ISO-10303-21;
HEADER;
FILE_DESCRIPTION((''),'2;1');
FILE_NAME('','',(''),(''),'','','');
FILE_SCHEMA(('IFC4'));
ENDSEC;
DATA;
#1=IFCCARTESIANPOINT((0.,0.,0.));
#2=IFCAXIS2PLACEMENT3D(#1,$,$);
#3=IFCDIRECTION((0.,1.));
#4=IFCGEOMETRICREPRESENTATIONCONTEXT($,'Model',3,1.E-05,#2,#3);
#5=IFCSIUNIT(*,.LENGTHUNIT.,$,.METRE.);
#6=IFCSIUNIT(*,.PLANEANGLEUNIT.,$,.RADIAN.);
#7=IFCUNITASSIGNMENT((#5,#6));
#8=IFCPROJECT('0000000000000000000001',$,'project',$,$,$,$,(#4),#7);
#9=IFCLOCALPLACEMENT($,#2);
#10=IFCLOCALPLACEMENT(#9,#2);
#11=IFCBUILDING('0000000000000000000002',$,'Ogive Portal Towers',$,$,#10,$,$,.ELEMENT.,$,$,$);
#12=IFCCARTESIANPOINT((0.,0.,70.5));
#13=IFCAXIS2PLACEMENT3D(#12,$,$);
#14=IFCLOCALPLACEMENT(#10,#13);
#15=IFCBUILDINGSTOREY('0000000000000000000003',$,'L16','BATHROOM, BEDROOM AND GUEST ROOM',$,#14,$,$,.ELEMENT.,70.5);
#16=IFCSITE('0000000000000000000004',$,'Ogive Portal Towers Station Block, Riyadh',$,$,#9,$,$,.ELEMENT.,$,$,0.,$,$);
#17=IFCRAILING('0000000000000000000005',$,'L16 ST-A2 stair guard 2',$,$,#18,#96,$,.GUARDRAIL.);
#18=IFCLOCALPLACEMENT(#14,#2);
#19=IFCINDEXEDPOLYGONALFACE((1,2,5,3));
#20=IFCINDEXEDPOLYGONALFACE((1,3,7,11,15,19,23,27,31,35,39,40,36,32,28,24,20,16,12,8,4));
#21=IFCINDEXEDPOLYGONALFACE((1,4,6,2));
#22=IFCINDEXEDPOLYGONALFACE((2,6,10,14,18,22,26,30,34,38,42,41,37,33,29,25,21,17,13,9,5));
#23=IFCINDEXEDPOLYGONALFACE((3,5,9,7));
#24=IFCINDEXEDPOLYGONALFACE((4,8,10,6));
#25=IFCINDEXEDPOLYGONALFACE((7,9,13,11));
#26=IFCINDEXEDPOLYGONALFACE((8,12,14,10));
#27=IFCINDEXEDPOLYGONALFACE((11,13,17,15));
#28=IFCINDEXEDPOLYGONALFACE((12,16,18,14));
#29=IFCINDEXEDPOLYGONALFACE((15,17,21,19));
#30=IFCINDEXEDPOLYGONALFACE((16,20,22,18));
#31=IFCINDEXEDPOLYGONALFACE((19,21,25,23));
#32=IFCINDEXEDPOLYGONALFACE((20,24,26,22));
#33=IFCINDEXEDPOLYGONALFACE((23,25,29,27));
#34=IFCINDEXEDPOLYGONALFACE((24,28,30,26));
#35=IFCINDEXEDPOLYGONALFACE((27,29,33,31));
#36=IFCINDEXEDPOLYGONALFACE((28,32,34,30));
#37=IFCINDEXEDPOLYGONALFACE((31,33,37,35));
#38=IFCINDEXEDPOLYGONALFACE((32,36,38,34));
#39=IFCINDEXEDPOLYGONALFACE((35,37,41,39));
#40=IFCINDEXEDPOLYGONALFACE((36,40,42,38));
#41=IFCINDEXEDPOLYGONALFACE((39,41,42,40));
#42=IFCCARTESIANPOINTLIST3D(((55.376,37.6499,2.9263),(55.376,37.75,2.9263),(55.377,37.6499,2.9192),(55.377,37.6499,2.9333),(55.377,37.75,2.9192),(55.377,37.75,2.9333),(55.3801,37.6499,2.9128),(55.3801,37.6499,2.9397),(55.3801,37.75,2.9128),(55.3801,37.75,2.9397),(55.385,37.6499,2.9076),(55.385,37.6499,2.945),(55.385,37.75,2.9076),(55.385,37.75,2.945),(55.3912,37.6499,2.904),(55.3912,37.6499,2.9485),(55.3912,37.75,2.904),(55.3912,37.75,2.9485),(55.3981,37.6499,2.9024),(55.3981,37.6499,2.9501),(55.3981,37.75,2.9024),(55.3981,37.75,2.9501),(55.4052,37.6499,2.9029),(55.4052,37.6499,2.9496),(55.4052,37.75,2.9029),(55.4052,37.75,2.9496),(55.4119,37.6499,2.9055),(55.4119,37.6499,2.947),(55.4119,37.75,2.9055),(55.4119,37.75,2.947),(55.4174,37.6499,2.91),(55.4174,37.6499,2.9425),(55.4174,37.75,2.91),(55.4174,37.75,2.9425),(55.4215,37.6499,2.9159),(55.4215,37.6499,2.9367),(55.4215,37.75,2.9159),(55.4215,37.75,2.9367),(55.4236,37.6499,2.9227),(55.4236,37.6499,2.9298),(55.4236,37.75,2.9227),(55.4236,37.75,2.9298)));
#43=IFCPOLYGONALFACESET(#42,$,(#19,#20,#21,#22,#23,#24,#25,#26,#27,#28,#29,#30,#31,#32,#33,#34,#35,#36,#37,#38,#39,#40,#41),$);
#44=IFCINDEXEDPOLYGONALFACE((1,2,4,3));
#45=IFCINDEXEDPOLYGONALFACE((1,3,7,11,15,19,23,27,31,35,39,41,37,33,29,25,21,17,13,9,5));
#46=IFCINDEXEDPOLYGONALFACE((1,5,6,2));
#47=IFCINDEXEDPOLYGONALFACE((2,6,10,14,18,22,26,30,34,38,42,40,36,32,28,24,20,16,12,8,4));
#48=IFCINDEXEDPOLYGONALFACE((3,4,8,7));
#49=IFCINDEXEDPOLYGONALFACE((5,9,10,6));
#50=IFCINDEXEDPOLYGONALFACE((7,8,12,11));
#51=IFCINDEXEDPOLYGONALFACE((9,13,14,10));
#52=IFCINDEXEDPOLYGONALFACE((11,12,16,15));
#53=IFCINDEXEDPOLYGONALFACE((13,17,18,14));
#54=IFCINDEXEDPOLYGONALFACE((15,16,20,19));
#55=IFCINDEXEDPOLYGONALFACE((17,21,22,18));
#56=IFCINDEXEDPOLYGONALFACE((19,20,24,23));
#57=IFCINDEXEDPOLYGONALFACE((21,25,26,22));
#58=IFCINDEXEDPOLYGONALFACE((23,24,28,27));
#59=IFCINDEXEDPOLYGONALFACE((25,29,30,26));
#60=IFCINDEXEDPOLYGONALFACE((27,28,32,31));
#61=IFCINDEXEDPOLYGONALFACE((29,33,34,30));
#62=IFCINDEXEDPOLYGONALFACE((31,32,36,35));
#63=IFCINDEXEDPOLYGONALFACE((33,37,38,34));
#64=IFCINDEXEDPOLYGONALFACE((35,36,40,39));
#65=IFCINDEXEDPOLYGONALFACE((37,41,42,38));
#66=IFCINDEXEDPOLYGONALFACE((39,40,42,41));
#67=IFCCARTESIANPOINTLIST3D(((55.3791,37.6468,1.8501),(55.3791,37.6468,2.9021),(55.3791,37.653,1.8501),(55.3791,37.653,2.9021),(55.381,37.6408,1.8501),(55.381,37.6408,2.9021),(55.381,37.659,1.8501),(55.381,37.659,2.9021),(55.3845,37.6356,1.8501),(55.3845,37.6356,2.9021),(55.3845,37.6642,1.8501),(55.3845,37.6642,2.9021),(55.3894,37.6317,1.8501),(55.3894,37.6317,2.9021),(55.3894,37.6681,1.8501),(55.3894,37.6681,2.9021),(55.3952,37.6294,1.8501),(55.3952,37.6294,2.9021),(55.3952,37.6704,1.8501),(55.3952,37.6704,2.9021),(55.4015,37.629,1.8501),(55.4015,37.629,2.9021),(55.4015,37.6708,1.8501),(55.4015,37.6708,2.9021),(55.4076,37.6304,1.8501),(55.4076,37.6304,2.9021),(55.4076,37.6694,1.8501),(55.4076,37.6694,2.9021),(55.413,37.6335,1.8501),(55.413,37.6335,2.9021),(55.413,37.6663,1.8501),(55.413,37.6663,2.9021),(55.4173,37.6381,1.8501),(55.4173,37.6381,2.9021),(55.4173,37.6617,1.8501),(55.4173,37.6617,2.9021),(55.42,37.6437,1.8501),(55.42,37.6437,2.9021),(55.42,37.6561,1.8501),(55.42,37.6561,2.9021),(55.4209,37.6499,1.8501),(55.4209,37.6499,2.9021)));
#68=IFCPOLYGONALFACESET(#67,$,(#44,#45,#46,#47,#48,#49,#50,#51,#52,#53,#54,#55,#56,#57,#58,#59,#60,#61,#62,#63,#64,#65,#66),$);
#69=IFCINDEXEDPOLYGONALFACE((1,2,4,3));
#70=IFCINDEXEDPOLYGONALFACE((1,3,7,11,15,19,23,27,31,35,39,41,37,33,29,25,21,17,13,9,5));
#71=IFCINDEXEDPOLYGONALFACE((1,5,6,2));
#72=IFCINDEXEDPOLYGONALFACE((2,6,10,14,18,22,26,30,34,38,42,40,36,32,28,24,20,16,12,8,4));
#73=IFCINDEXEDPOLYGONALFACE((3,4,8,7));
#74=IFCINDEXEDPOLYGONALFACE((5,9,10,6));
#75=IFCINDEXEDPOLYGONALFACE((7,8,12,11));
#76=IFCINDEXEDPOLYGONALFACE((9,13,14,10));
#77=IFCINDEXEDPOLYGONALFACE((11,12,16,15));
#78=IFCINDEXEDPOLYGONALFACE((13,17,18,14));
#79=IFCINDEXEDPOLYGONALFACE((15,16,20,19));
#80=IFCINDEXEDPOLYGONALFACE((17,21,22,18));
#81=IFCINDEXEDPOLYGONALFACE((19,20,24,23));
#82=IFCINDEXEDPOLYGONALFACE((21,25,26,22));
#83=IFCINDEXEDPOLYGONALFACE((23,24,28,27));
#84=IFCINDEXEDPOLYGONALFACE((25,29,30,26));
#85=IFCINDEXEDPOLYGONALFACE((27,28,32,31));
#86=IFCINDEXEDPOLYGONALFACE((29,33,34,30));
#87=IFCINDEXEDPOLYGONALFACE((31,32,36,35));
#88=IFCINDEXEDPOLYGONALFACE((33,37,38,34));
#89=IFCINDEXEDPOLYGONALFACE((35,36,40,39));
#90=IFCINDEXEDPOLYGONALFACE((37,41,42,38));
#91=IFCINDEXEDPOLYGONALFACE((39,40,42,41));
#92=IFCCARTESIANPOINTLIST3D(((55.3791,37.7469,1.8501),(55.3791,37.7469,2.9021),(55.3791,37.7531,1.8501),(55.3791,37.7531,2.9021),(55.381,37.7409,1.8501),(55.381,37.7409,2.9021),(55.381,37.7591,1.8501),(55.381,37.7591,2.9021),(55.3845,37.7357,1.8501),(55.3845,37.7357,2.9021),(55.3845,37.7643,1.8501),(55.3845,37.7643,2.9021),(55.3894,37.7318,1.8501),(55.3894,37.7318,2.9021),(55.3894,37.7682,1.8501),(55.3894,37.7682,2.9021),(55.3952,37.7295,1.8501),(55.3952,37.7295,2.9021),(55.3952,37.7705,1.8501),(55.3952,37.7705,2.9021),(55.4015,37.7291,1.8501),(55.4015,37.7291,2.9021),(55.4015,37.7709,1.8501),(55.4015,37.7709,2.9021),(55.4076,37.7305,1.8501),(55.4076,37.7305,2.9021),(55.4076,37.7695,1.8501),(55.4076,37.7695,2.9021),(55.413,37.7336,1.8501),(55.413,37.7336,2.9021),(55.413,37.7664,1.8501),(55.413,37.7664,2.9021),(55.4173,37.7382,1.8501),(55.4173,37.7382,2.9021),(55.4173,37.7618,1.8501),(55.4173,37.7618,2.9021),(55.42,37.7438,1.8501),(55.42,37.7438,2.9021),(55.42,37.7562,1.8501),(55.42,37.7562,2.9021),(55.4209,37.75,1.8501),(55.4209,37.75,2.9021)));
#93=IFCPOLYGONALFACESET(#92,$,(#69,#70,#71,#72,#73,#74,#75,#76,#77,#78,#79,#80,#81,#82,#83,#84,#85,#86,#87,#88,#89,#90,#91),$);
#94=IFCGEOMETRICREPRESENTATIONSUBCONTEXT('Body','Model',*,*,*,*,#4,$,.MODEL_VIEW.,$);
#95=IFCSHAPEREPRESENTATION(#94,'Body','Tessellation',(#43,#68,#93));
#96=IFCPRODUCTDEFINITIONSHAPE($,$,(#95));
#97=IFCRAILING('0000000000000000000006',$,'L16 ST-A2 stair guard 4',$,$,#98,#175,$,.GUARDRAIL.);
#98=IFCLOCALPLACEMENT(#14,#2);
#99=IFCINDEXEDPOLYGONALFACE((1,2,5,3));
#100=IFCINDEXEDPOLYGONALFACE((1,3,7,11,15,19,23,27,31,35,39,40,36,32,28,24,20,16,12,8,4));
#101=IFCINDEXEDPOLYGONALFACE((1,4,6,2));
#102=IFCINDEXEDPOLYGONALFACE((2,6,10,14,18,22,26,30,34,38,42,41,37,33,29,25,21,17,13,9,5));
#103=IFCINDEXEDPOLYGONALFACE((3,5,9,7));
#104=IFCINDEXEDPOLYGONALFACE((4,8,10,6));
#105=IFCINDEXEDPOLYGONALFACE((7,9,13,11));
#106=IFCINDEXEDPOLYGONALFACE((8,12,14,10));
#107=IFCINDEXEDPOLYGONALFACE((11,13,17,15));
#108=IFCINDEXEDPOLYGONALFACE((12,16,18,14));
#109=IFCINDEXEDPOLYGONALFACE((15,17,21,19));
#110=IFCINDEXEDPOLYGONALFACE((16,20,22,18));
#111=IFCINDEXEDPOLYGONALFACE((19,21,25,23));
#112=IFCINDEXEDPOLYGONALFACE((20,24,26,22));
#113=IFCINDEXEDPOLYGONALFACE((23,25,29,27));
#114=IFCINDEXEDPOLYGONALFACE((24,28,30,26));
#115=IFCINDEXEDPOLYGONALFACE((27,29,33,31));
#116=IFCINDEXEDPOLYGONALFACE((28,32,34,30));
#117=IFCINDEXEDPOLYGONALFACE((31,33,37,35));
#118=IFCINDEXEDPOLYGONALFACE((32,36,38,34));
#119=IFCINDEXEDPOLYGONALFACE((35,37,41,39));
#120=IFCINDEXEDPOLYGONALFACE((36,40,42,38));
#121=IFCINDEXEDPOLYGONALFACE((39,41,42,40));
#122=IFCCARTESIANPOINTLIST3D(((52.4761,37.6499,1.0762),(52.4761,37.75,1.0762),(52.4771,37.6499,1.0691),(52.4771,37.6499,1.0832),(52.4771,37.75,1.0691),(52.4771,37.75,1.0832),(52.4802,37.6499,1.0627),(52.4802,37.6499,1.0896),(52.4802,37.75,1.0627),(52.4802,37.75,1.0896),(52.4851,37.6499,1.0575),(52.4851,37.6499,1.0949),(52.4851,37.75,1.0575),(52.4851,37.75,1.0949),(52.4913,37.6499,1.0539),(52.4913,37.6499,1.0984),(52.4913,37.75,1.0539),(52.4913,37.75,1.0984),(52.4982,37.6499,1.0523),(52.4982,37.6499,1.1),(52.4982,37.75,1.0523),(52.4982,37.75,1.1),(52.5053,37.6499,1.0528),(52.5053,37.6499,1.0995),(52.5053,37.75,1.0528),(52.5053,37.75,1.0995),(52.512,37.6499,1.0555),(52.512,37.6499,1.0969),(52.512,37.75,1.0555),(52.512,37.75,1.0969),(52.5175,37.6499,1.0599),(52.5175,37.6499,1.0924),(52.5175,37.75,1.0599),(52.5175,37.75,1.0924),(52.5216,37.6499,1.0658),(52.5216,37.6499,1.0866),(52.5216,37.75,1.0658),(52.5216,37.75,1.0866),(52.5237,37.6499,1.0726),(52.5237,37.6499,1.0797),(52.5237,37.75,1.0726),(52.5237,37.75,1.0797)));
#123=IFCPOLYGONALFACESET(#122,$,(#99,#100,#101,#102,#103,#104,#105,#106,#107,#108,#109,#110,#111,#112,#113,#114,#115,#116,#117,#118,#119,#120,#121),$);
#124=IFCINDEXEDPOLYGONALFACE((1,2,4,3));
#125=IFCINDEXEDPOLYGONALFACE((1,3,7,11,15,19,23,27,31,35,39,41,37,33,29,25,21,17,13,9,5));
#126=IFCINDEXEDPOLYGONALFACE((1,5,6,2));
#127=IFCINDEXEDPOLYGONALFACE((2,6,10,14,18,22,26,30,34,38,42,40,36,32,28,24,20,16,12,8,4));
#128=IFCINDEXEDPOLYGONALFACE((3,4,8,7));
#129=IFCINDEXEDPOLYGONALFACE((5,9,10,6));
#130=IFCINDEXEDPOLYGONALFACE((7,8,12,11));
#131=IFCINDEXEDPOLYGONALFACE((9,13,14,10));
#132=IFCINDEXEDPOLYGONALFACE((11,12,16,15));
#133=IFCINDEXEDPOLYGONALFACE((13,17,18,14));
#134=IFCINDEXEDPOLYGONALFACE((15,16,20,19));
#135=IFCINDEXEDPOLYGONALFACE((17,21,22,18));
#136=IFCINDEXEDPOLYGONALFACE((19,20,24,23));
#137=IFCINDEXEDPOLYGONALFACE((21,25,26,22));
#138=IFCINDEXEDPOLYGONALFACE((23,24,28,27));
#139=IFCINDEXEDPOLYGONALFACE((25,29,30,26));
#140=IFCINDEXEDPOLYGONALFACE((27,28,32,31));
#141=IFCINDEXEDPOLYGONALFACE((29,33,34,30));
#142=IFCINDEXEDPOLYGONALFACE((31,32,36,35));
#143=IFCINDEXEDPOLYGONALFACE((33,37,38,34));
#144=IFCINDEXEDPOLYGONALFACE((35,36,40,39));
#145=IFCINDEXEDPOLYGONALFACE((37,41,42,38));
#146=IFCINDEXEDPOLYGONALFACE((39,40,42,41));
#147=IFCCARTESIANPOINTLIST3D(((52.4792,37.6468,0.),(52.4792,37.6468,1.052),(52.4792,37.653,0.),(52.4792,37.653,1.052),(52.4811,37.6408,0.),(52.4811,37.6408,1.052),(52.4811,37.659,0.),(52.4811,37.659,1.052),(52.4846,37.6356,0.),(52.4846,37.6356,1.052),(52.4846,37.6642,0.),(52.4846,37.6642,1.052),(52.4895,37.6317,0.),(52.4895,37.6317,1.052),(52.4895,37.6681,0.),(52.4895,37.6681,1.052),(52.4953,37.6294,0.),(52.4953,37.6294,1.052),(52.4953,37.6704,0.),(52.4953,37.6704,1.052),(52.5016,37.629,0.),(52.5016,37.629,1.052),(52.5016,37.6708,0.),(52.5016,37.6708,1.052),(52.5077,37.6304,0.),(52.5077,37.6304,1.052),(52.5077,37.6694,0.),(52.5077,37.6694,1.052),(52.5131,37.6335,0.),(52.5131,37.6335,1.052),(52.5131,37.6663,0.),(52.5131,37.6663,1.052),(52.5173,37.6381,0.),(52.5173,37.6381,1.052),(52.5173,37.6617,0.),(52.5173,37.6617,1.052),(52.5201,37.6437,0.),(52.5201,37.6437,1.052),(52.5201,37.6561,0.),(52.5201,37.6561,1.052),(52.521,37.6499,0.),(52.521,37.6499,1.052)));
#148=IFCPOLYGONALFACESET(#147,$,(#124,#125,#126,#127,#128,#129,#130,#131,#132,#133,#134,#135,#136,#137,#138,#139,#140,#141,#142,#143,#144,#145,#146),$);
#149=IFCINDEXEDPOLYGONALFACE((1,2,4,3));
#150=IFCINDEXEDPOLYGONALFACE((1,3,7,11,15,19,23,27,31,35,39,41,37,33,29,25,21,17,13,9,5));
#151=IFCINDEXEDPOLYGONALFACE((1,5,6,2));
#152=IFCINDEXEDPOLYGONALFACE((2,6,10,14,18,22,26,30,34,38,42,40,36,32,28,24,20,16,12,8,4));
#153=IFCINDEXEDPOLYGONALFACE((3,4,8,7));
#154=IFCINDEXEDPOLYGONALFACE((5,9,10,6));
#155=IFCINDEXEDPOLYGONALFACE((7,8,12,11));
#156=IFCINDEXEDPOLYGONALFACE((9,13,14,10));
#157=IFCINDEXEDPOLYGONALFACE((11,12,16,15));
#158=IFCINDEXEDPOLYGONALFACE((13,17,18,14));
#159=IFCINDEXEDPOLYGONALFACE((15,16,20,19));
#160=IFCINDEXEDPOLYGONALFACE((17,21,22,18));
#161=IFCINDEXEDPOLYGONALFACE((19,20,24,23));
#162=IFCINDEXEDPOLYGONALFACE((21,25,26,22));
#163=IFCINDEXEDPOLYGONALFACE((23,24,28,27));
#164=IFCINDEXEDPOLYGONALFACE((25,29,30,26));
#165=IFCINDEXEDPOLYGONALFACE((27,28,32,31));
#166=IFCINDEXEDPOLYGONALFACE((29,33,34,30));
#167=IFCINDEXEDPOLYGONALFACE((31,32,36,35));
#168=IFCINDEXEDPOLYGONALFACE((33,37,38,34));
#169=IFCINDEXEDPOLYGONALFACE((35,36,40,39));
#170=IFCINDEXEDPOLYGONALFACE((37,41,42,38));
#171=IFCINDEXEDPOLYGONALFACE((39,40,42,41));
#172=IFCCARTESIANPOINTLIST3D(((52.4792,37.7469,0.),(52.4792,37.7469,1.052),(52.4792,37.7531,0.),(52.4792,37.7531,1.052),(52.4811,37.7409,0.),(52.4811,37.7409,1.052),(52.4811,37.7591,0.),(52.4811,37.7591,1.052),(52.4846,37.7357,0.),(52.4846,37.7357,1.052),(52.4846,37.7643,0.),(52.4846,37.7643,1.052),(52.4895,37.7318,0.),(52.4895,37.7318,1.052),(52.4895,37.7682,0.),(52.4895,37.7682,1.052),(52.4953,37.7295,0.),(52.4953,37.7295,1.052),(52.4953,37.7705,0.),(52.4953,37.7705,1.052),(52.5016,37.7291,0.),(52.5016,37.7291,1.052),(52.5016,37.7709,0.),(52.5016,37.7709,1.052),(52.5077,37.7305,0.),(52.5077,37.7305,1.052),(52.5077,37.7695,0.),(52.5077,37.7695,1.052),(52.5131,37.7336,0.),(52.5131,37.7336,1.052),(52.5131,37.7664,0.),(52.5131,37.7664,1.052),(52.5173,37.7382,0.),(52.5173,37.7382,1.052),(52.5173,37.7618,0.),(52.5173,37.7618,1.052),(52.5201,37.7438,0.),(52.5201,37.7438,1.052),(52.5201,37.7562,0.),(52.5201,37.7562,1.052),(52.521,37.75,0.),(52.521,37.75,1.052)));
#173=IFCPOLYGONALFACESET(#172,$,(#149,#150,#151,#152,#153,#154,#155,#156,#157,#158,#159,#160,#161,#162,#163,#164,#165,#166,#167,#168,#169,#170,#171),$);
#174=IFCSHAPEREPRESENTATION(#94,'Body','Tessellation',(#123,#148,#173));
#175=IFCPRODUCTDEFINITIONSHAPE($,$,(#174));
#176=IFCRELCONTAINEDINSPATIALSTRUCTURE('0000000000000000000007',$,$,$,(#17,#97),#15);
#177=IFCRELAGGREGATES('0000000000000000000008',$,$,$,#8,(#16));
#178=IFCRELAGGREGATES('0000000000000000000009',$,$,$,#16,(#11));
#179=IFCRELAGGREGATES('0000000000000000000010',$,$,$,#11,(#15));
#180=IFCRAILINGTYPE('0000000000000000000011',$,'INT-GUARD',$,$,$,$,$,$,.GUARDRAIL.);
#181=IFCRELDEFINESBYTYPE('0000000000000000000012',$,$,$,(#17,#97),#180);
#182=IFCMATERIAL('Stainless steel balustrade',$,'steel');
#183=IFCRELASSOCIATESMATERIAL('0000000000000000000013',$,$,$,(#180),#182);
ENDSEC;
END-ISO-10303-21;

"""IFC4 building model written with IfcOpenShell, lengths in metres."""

from ifc_helpers import new_model, si_unit, direction, frame, origin, origin_2d, place, context, subcontext, project, spatial, circle, extrude, material, type_object, element, save


model = new_model("IFC4")

# Units and contexts
model_context = context("Model", 3, precision=1e-05, world=origin(), true_north=direction((0.0, 1.0)))
body_context = subcontext(model_context, "Body", "Model", "MODEL_VIEW")
ifc_project = project(units=[si_unit("LENGTHUNIT", "METRE"), si_unit("PLANEANGLEUNIT", "RADIAN")], contexts=[model_context])

# Site, building, storey
site_placement = place(None, origin())
site = spatial("IfcSite", under=ifc_project, at=site_placement, Name="Ogive Portal Towers Station Block, Riyadh", CompositionType="ELEMENT", RefElevation=0.0)
building_placement = place(site_placement, origin())
building = spatial("IfcBuilding", under=site, at=building_placement, Name="Ogive Portal Towers", CompositionType="ELEMENT")
storey_placement = place(building_placement, frame((0.0, 0.0, 70.5)))
storey = spatial("IfcBuildingStorey", under=building, at=storey_placement, Name="L16", Description="BATHROOM, BEDROOM AND GUEST ROOM", CompositionType="ELEMENT", Elevation=70.5)

# Railings
ifc_material_1 = material(Name="Stainless steel balustrade", Category="steel")
railing_type_1 = type_object("IfcRailingType", Name="INT-GUARD", PredefinedType="GUARDRAIL", material=ifc_material_1)
for number, where, name in (
    (1, (55.3999, 37.6499, 1.8501), "L16 ST-A2 stair guard 2"),
    (2, (52.5, 37.6499, 0.0), "L16 ST-A2 stair guard 4"),
):
    element("IfcRailing", number, at=place(storey_placement, frame(where)), inside=storey, type_object=railing_type_1, Name=name, PredefinedType="GUARDRAIL", context=body_context, shape_type="SweptSolid", body=[
        extrude(circle(Radius=0.0239, at=origin_2d()), frame((0.0, 0.0, 1.0762), z_axis=(0.0, 1.0, 0.0), x_axis=(-1.0, 0.0, 0.0)), (0.0, 0.0, 1.0), 0.1001),
        extrude(circle(Radius=0.021, at=origin_2d()), origin(), (0.0, 0.0, 1.0), 1.052),
        extrude(circle(Radius=0.021, at=origin_2d()), frame((0.0, 0.1001, 0.0)), (0.0, 0.0, 1.0), 1.052),
    ])

save(model, "model.ifc")
